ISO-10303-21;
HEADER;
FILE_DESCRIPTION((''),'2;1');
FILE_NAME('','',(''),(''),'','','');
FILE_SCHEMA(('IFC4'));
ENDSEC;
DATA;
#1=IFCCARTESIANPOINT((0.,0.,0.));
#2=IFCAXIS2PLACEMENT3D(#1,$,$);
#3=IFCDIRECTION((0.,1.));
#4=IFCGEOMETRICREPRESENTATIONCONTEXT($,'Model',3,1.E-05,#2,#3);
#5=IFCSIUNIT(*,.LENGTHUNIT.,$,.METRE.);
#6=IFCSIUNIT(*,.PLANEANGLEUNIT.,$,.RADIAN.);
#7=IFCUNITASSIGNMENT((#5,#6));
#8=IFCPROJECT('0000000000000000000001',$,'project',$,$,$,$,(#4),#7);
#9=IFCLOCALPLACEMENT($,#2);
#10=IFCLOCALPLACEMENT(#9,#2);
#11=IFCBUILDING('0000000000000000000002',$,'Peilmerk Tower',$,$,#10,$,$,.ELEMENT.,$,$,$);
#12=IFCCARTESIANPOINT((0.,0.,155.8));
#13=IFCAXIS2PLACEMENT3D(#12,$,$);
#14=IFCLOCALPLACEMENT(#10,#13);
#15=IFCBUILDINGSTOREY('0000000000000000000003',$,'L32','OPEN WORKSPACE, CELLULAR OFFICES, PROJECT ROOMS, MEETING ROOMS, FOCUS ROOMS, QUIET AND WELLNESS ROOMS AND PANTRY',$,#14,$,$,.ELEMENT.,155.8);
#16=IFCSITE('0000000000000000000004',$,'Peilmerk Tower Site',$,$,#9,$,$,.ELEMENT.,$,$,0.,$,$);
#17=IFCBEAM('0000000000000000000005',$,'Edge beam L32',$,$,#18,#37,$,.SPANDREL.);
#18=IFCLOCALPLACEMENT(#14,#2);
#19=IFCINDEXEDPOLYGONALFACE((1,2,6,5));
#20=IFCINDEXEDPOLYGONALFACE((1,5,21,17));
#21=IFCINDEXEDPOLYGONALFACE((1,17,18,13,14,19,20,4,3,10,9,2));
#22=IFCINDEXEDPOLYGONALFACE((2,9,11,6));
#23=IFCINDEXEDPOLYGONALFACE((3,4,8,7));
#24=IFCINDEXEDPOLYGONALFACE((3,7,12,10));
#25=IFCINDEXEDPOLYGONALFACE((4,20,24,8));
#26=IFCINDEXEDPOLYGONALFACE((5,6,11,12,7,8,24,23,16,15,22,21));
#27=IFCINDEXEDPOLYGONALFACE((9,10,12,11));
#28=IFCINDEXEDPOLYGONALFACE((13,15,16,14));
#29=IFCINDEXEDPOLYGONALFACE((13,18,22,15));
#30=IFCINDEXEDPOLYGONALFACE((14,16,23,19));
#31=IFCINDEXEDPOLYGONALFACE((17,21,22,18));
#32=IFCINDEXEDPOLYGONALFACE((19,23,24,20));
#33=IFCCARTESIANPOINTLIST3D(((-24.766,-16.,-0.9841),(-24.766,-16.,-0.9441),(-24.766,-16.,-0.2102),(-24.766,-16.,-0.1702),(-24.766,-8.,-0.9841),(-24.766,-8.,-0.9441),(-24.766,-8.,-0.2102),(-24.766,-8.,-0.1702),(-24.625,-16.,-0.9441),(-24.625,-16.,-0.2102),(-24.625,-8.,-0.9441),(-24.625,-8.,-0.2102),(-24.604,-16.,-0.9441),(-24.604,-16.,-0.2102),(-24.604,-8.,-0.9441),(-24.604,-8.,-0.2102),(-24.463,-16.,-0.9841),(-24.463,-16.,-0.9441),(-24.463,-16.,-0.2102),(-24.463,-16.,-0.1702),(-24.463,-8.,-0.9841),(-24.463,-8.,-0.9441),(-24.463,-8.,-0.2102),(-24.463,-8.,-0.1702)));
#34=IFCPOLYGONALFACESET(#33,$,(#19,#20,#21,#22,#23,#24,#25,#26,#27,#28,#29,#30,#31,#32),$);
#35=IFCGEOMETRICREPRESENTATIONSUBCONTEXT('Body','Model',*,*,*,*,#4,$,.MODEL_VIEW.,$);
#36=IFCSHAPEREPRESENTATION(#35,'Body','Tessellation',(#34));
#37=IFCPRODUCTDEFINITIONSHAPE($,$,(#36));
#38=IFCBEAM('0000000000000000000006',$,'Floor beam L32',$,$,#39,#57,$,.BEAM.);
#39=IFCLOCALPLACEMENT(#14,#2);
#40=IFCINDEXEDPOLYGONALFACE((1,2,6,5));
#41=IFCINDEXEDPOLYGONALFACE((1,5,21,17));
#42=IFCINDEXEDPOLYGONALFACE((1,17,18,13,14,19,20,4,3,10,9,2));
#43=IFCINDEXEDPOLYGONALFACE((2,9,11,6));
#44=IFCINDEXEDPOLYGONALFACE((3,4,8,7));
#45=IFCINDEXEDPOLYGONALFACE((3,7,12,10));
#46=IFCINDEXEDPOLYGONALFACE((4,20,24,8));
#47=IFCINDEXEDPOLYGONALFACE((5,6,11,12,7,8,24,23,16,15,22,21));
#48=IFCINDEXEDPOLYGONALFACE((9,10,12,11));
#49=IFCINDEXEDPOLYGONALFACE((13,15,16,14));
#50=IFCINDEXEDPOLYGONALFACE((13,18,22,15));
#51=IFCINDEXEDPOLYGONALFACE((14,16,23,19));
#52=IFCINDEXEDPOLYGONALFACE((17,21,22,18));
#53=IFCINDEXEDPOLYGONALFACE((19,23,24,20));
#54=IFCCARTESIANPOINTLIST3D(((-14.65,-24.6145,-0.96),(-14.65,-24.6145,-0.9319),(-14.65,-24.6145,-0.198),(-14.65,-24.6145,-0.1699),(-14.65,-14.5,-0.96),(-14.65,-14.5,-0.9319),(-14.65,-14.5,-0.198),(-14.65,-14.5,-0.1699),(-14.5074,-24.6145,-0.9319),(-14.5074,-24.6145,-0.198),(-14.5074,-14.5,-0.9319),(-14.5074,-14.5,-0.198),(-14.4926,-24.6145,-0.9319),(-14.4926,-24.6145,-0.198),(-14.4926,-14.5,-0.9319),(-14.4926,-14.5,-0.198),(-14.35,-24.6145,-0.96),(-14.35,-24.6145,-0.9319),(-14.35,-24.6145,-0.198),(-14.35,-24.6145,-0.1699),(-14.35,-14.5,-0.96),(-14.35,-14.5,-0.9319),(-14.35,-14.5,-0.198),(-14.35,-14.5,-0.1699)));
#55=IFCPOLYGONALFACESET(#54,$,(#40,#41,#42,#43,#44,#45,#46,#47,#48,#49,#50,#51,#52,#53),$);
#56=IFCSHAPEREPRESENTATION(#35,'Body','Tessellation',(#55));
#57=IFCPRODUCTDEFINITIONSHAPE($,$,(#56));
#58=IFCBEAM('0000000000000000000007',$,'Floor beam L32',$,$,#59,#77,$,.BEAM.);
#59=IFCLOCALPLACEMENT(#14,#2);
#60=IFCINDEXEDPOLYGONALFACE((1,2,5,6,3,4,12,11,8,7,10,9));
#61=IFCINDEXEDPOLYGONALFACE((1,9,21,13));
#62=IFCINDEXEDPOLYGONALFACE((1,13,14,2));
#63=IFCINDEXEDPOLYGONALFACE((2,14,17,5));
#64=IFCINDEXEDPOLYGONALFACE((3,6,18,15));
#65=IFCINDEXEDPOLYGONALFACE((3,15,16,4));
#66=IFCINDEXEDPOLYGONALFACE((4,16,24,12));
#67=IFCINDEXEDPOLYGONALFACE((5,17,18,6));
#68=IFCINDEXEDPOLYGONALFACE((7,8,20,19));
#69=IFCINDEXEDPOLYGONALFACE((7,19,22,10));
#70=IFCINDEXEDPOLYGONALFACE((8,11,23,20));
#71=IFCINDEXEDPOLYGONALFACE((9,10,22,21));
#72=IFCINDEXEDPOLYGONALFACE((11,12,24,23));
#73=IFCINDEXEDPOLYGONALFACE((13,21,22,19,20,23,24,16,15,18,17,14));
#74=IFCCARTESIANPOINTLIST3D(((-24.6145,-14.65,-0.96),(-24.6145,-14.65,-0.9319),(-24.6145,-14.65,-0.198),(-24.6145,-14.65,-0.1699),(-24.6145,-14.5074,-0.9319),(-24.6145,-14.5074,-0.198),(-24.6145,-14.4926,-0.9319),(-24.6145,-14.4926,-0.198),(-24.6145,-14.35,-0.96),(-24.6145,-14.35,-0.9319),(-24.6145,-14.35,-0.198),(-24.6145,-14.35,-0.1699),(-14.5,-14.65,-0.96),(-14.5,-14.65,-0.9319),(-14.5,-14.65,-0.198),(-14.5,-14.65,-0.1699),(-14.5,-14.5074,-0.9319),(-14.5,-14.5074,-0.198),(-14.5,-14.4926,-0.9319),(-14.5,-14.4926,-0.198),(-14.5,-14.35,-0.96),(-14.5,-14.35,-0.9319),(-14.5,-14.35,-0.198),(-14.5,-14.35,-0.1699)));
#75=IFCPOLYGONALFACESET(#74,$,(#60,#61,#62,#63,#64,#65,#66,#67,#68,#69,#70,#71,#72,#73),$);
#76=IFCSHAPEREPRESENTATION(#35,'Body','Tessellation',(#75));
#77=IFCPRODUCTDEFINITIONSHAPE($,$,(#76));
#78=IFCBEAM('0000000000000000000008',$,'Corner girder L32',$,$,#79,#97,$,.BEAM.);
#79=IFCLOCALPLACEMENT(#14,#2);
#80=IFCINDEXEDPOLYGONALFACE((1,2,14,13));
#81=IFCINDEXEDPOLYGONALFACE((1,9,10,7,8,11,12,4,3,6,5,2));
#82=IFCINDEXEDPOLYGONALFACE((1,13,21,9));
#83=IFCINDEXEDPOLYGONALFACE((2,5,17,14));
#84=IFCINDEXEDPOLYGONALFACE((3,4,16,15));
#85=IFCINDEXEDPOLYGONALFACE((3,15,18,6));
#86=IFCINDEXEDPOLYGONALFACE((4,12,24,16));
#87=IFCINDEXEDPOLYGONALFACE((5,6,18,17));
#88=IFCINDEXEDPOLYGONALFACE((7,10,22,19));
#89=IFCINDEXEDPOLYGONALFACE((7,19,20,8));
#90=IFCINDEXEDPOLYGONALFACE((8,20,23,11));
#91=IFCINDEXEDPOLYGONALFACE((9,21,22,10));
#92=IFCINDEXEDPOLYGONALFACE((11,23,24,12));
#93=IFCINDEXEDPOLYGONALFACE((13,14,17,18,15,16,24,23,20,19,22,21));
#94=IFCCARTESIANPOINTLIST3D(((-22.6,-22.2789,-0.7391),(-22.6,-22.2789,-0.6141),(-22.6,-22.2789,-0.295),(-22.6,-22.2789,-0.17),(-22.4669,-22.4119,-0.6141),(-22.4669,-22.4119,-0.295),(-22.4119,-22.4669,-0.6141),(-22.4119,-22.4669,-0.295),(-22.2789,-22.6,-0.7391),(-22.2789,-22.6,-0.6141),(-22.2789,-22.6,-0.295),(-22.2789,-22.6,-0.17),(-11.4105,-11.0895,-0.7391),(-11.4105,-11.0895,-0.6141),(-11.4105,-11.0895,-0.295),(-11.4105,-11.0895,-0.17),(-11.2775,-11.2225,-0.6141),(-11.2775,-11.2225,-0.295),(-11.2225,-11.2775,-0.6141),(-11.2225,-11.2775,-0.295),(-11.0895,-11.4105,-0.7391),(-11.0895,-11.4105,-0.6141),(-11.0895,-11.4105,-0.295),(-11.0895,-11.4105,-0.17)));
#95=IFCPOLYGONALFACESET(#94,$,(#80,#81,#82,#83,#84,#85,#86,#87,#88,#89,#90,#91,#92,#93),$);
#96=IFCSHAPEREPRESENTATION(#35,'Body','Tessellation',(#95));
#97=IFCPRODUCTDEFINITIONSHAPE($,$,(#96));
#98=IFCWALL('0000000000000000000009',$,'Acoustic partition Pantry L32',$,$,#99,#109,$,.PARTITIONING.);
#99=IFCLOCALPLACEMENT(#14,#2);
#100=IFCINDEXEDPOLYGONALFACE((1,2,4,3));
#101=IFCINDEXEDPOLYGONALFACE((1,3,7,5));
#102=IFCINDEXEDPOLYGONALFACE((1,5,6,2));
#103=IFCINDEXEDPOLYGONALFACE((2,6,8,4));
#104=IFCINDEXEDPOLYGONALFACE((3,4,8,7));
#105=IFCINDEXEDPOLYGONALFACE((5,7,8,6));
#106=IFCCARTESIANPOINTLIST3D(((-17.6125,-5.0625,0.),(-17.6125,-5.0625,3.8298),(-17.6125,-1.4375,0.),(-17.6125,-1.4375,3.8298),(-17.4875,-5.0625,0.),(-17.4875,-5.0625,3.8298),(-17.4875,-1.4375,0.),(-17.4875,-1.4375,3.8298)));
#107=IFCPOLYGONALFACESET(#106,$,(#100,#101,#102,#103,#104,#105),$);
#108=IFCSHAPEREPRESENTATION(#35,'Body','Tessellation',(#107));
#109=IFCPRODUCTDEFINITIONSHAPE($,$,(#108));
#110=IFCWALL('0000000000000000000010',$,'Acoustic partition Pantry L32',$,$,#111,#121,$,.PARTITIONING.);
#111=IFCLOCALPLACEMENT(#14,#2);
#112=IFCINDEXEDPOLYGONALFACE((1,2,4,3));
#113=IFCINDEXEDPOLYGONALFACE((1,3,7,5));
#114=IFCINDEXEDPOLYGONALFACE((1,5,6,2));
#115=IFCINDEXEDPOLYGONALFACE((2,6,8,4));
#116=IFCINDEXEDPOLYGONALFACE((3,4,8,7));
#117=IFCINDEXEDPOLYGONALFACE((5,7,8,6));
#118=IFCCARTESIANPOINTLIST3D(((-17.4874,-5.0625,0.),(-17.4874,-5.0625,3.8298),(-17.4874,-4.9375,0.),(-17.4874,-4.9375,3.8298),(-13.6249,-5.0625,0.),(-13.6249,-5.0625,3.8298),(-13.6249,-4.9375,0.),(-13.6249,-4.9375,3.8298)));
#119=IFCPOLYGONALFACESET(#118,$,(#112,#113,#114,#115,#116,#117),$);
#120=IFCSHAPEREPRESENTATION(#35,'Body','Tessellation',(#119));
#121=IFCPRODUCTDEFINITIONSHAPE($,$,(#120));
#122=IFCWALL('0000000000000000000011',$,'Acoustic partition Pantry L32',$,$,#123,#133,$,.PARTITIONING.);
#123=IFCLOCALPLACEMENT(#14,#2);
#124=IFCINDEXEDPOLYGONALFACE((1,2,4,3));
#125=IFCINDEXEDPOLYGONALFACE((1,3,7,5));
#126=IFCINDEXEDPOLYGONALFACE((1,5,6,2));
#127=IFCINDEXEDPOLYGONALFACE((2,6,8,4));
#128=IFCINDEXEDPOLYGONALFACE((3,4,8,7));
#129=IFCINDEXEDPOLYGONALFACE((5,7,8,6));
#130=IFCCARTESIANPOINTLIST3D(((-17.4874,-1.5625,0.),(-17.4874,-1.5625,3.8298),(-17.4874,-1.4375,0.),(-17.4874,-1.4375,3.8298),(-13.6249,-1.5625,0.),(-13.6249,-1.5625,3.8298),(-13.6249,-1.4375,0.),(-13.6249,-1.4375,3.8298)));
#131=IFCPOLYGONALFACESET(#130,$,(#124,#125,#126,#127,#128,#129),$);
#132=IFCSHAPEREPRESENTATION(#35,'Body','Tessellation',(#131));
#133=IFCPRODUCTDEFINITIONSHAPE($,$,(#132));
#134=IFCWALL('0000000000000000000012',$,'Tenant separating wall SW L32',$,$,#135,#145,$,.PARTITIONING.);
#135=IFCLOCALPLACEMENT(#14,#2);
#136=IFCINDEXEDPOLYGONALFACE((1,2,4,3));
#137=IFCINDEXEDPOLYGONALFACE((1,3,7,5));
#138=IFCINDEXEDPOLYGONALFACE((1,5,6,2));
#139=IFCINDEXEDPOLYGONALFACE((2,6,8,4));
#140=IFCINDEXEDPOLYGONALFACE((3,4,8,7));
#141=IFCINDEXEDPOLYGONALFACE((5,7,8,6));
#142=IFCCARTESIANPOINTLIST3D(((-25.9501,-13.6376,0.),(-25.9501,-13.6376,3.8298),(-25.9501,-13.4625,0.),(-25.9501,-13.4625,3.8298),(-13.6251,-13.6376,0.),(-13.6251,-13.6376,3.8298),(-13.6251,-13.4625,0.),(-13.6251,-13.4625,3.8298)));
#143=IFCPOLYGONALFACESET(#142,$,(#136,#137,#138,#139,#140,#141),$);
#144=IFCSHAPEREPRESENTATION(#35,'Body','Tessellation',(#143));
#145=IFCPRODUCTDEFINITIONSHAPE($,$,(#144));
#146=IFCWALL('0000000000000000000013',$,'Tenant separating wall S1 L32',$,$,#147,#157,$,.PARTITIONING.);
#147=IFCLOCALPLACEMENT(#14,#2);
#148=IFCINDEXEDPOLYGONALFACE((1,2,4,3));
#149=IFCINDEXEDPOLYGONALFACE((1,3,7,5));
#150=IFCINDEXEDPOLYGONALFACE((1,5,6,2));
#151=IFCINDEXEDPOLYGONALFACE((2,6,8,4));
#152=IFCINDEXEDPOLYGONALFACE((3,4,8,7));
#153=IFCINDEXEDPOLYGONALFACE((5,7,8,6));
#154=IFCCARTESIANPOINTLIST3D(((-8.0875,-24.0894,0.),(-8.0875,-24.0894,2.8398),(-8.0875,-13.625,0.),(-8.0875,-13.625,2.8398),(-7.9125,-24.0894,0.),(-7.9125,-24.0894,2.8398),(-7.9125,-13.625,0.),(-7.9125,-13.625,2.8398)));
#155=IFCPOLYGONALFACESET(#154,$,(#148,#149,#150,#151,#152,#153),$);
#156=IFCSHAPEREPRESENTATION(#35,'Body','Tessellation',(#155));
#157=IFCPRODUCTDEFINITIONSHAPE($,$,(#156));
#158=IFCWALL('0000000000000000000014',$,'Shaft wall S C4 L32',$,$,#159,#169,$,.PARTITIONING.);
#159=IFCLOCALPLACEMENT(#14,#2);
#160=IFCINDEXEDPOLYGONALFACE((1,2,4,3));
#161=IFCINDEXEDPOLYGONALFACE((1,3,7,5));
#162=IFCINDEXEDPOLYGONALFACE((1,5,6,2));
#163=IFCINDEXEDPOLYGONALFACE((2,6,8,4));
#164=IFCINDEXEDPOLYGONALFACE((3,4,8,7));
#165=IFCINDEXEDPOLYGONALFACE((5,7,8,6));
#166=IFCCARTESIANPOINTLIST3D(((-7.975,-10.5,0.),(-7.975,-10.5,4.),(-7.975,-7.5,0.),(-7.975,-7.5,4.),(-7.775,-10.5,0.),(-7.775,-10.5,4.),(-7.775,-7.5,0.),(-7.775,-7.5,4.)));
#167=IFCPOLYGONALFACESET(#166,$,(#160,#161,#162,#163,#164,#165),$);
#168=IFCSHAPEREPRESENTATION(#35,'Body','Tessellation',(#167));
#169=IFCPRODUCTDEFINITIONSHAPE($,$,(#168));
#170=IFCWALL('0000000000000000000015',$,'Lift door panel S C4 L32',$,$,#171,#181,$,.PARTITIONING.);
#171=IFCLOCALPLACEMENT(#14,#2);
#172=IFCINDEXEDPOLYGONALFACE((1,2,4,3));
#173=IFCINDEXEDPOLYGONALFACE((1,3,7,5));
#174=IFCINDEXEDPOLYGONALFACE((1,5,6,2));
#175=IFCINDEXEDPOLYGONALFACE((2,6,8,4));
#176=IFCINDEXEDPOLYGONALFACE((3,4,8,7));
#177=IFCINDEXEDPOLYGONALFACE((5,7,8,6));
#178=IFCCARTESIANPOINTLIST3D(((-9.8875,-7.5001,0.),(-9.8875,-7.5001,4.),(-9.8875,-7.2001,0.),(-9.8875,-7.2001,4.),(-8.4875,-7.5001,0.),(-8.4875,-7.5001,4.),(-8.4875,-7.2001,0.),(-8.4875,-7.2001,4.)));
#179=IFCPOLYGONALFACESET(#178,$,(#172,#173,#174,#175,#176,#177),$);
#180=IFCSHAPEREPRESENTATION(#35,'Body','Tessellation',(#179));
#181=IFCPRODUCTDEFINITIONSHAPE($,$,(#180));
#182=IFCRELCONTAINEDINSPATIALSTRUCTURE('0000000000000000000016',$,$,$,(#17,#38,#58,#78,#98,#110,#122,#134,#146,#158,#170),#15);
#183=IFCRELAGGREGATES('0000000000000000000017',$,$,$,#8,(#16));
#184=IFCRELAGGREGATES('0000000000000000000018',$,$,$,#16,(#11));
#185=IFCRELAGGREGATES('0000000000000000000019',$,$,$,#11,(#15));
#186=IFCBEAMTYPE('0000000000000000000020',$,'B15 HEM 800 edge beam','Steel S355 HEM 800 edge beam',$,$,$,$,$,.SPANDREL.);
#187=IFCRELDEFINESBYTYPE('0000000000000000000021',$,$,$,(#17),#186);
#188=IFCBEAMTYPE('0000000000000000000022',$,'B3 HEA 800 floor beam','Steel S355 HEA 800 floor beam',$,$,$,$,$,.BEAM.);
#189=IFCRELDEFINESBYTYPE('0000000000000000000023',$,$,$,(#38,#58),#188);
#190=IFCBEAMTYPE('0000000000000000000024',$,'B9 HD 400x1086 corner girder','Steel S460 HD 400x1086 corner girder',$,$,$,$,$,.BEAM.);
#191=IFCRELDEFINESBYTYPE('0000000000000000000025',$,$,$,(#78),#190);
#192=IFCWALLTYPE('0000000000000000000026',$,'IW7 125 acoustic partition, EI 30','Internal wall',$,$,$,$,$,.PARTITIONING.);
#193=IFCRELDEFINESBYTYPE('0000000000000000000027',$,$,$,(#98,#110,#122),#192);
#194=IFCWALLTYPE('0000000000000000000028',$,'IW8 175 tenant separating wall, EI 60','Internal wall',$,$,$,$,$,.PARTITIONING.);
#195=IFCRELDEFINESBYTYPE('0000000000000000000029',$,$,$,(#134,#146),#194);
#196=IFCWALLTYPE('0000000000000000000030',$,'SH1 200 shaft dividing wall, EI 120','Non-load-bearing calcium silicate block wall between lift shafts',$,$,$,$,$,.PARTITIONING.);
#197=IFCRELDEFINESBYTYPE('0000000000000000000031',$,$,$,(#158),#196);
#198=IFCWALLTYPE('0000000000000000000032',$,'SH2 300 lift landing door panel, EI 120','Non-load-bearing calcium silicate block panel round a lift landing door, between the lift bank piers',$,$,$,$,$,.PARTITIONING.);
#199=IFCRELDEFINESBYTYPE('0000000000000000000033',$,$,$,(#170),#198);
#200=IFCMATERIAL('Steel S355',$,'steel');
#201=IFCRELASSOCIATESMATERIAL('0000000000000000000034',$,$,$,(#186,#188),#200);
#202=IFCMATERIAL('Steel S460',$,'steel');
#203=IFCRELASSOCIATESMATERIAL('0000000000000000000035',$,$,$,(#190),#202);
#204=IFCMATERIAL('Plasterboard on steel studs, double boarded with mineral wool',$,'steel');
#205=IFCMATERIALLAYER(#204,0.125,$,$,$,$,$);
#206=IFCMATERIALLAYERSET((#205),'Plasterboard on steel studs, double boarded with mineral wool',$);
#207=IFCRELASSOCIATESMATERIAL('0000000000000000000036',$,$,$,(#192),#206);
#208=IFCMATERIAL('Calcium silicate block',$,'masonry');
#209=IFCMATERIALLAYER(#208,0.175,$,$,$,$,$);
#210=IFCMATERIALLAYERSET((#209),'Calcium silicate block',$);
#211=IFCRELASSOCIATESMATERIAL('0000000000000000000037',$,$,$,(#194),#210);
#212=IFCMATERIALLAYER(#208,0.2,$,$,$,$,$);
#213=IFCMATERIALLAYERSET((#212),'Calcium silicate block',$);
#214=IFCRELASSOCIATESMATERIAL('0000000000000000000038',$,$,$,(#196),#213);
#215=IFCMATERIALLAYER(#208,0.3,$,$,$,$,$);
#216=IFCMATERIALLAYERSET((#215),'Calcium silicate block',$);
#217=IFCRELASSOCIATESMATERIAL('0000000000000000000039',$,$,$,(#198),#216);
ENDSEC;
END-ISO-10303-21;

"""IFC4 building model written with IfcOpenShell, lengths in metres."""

from ifc_helpers import new_model, si_unit, direction, frame, frame_2d, origin, origin_2d, place, context, subcontext, project, spatial, rectangle, i_section, extrude, material, layer, layer_set, material_profile, profile_set, type_object, element, save


model = new_model("IFC4")

# Units and contexts
model_context = context("Model", 3, precision=1e-05, world=origin(), true_north=direction((0.0, 1.0)))
body_context = subcontext(model_context, "Body", "Model", "MODEL_VIEW")
ifc_project = project(units=[si_unit("LENGTHUNIT", "METRE"), si_unit("PLANEANGLEUNIT", "RADIAN")], contexts=[model_context])

# Site, building, storey
site_placement = place(None, origin())
site = spatial("IfcSite", under=ifc_project, at=site_placement, Name="Peilmerk Tower Site", CompositionType="ELEMENT", RefElevation=0.0)
building_placement = place(site_placement, origin())
building = spatial("IfcBuilding", under=site, at=building_placement, Name="Peilmerk Tower", CompositionType="ELEMENT")
storey_placement = place(building_placement, frame((0.0, 0.0, 155.8)))
storey = spatial("IfcBuildingStorey", under=building, at=storey_placement, Name="L32", Description="OPEN WORKSPACE, CELLULAR OFFICES, PROJECT ROOMS, MEETING ROOMS, FOCUS ROOMS, QUIET AND WELLNESS ROOMS AND PANTRY", CompositionType="ELEMENT", Elevation=155.8)

# Shared definitions
ifc_material_1 = material(Name="Steel S460", Category="steel")

# Beams
ifc_material_2 = material(Name="Steel S355", Category="steel")
ifc_material_profile_1 = material_profile(ifc_material_2, i_section(OverallWidth=0.303, OverallDepth=0.814, WebThickness=0.021, FlangeThickness=0.04, at=origin_2d()), Name="HEM 800")
ifc_profile_set_1 = profile_set([ifc_material_profile_1], Name="Steel S355")
beam_type_1 = type_object("IfcBeamType", Name="B15 HEM 800 edge beam", Description="Steel S355 HEM 800 edge beam", PredefinedType="SPANDREL", material=ifc_profile_set_1)
for number, where, z_axis, x_axis, name in (
    (1, (-24.6145, -8.0, -0.5771), (0.0, -1.0, 0.0), (1.0, 0.0, 0.0), "Edge beam L32"),
):
    element("IfcBeam", number, at=place(storey_placement, frame(where, z_axis=z_axis, x_axis=x_axis)), inside=storey, type_object=beam_type_1, Name=name, PredefinedType="SPANDREL", context=body_context, shape_type="SweptSolid", body=[
        extrude(i_section(OverallWidth=0.303, OverallDepth=0.814, WebThickness=0.021, FlangeThickness=0.04, at=origin_2d()), origin(), (0.0, 0.0, 1.0), 8.0),
    ])
ifc_material_profile_2 = material_profile(ifc_material_2, i_section(OverallWidth=0.3, OverallDepth=0.79, WebThickness=0.0149, FlangeThickness=0.0281, at=origin_2d()), Name="HEA 800")
ifc_profile_set_2 = profile_set([ifc_material_profile_2], Name="Steel S355")
beam_type_2 = type_object("IfcBeamType", Name="B3 HEA 800 floor beam", Description="Steel S355 HEA 800 floor beam", PredefinedType="BEAM", material=ifc_profile_set_2)
for number, where, z_axis, x_axis, name in (
    (2, (-14.5, -14.5, -0.5649), (0.0, -1.0, 0.0), (1.0, 0.0, 0.0), "Floor beam L32"),
    (3, (-14.5, -14.5, -0.5649), (-1.0, 0.0, 0.0), (0.0, -1.0, 0.0), "Floor beam L32"),
):
    element("IfcBeam", number, at=place(storey_placement, frame(where, z_axis=z_axis, x_axis=x_axis)), inside=storey, type_object=beam_type_2, Name=name, PredefinedType="BEAM", context=body_context, shape_type="SweptSolid", body=[
        extrude(i_section(OverallWidth=0.3, OverallDepth=0.79, WebThickness=0.0149, FlangeThickness=0.0281, at=origin_2d()), origin(), (0.0, 0.0, 1.0), 10.1145),
    ])
ifc_material_profile_3 = material_profile(ifc_material_1, i_section(OverallWidth=0.4541, OverallDepth=0.5691, WebThickness=0.0779, FlangeThickness=0.125, at=origin_2d()), Name="HD 400x1086")
ifc_profile_set_3 = profile_set([ifc_material_profile_3], Name="Steel S460")
beam_type_3 = type_object("IfcBeamType", Name="B9 HD 400x1086 corner girder", Description="Steel S460 HD 400x1086 corner girder", PredefinedType="BEAM", material=ifc_profile_set_3)
beam_placement = place(storey_placement, frame((-11.25, -11.25, -0.4546), z_axis=(-0.707107, -0.707107, 0.0), x_axis=(0.707107, -0.707107, 0.0)))
element("IfcBeam", 4, at=beam_placement, inside=storey, type_object=beam_type_3, Name="Corner girder L32", PredefinedType="BEAM", context=body_context, shape_type="SweptSolid", body=[
    extrude(i_section(OverallWidth=0.4541, OverallDepth=0.5691, WebThickness=0.0779, FlangeThickness=0.125, at=origin_2d()), origin(), (0.0, 0.0, 1.0), 15.8242),
])

# Walls
ifc_material_3 = material(Name="Plasterboard on steel studs, double boarded with mineral wool", Category="steel")
ifc_layer_1 = layer(ifc_material_3, 0.125)
ifc_layer_set_1 = layer_set([ifc_layer_1], Name="Plasterboard on steel studs, double boarded with mineral wool")
wall_type_1 = type_object("IfcWallType", Name="IW7 125 acoustic partition, EI 30", Description="Internal wall", PredefinedType="PARTITIONING", material=ifc_layer_set_1)
wall_1_placement = place(storey_placement, frame((-17.55, -5.0625, 0.0), z_axis=(0.0, 0.0, 1.0), x_axis=(0.0, 1.0, 0.0)))
element("IfcWall", 5, at=wall_1_placement, inside=storey, type_object=wall_type_1, Name="Acoustic partition Pantry L32", PredefinedType="PARTITIONING", context=body_context, shape_type="SweptSolid", body=[
    extrude(rectangle(XDim=3.625, YDim=0.125, at=frame_2d((1.8125, 0.0))), origin(), (0.0, 0.0, 1.0), 3.8298),
])
for number, where, z_axis, x_axis, name in (
    (6, (-13.625, -5.0, 0.0), (0.0, 0.0, 1.0), (-1.0, 0.0, 0.0), "Acoustic partition Pantry L32"),
    (7, (-13.625, -1.5, 0.0), (0.0, 0.0, 1.0), (-1.0, 0.0, 0.0), "Acoustic partition Pantry L32"),
):
    element("IfcWall", number, at=place(storey_placement, frame(where, z_axis=z_axis, x_axis=x_axis)), inside=storey, type_object=wall_type_1, Name=name, PredefinedType="PARTITIONING", context=body_context, shape_type="SweptSolid", body=[
        extrude(rectangle(XDim=3.8625, YDim=0.125, at=frame_2d((1.9312, 0.0))), origin(), (0.0, 0.0, 1.0), 3.8298),
    ])
ifc_material_4 = material(Name="Calcium silicate block", Category="masonry")
ifc_layer_2 = layer(ifc_material_4, 0.175)
ifc_layer_set_2 = layer_set([ifc_layer_2], Name="Calcium silicate block")
wall_type_2 = type_object("IfcWallType", Name="IW8 175 tenant separating wall, EI 60", Description="Internal wall", PredefinedType="PARTITIONING", material=ifc_layer_set_2)
wall_2_placement = place(storey_placement, frame((-13.625, -13.55, 0.0), z_axis=(0.0, 0.0, 1.0), x_axis=(-1.0, 0.0, 0.0)))
element("IfcWall", 8, at=wall_2_placement, inside=storey, type_object=wall_type_2, Name="Tenant separating wall SW L32", PredefinedType="PARTITIONING", context=body_context, shape_type="SweptSolid", body=[
    extrude(rectangle(XDim=12.325, YDim=0.175, at=frame_2d((6.1626, 0.0))), origin(), (0.0, 0.0, 1.0), 3.8298),
])
wall_3_placement = place(storey_placement, frame((-8.0, -13.625, 0.0), z_axis=(0.0, 0.0, 1.0), x_axis=(0.0, -1.0, 0.0)))
element("IfcWall", 9, at=wall_3_placement, inside=storey, type_object=wall_type_2, Name="Tenant separating wall S1 L32", PredefinedType="PARTITIONING", context=body_context, shape_type="SweptSolid", body=[
    extrude(rectangle(XDim=10.4644, YDim=0.175, at=frame_2d((5.2322, 0.0))), origin(), (0.0, 0.0, 1.0), 2.8398),
])
ifc_layer_3 = layer(ifc_material_4, 0.2)
ifc_layer_set_3 = layer_set([ifc_layer_3], Name="Calcium silicate block")
wall_type_3 = type_object("IfcWallType", Name="SH1 200 shaft dividing wall, EI 120", Description="Non-load-bearing calcium silicate block wall between lift shafts", PredefinedType="PARTITIONING", material=ifc_layer_set_3)
wall_4_placement = place(storey_placement, frame((-7.875, -10.5, 0.0), z_axis=(0.0, 0.0, 1.0), x_axis=(0.0, 1.0, 0.0)))
element("IfcWall", 10, at=wall_4_placement, inside=storey, type_object=wall_type_3, Name="Shaft wall S C4 L32", PredefinedType="PARTITIONING", context=body_context, shape_type="SweptSolid", body=[
    extrude(rectangle(XDim=3.0, YDim=0.2, at=frame_2d((1.5, 0.0))), origin(), (0.0, 0.0, 1.0), 4.0),
])
ifc_layer_4 = layer(ifc_material_4, 0.3)
ifc_layer_set_4 = layer_set([ifc_layer_4], Name="Calcium silicate block")
wall_type_4 = type_object("IfcWallType", Name="SH2 300 lift landing door panel, EI 120", Description="Non-load-bearing calcium silicate block panel round a lift landing door, between the lift bank piers", PredefinedType="PARTITIONING", material=ifc_layer_set_4)
wall_5_placement = place(storey_placement, frame((-9.8875, -7.3501, 0.0), z_axis=(0.0, 0.0, 1.0), x_axis=(1.0, 0.0, 0.0)))
element("IfcWall", 11, at=wall_5_placement, inside=storey, type_object=wall_type_4, Name="Lift door panel S C4 L32", PredefinedType="PARTITIONING", context=body_context, shape_type="SweptSolid", body=[
    extrude(rectangle(XDim=1.3999, YDim=0.3, at=frame_2d((0.7, 0.0))), origin(), (0.0, 0.0, 1.0), 4.0),
])

save(model, "model.ifc")
